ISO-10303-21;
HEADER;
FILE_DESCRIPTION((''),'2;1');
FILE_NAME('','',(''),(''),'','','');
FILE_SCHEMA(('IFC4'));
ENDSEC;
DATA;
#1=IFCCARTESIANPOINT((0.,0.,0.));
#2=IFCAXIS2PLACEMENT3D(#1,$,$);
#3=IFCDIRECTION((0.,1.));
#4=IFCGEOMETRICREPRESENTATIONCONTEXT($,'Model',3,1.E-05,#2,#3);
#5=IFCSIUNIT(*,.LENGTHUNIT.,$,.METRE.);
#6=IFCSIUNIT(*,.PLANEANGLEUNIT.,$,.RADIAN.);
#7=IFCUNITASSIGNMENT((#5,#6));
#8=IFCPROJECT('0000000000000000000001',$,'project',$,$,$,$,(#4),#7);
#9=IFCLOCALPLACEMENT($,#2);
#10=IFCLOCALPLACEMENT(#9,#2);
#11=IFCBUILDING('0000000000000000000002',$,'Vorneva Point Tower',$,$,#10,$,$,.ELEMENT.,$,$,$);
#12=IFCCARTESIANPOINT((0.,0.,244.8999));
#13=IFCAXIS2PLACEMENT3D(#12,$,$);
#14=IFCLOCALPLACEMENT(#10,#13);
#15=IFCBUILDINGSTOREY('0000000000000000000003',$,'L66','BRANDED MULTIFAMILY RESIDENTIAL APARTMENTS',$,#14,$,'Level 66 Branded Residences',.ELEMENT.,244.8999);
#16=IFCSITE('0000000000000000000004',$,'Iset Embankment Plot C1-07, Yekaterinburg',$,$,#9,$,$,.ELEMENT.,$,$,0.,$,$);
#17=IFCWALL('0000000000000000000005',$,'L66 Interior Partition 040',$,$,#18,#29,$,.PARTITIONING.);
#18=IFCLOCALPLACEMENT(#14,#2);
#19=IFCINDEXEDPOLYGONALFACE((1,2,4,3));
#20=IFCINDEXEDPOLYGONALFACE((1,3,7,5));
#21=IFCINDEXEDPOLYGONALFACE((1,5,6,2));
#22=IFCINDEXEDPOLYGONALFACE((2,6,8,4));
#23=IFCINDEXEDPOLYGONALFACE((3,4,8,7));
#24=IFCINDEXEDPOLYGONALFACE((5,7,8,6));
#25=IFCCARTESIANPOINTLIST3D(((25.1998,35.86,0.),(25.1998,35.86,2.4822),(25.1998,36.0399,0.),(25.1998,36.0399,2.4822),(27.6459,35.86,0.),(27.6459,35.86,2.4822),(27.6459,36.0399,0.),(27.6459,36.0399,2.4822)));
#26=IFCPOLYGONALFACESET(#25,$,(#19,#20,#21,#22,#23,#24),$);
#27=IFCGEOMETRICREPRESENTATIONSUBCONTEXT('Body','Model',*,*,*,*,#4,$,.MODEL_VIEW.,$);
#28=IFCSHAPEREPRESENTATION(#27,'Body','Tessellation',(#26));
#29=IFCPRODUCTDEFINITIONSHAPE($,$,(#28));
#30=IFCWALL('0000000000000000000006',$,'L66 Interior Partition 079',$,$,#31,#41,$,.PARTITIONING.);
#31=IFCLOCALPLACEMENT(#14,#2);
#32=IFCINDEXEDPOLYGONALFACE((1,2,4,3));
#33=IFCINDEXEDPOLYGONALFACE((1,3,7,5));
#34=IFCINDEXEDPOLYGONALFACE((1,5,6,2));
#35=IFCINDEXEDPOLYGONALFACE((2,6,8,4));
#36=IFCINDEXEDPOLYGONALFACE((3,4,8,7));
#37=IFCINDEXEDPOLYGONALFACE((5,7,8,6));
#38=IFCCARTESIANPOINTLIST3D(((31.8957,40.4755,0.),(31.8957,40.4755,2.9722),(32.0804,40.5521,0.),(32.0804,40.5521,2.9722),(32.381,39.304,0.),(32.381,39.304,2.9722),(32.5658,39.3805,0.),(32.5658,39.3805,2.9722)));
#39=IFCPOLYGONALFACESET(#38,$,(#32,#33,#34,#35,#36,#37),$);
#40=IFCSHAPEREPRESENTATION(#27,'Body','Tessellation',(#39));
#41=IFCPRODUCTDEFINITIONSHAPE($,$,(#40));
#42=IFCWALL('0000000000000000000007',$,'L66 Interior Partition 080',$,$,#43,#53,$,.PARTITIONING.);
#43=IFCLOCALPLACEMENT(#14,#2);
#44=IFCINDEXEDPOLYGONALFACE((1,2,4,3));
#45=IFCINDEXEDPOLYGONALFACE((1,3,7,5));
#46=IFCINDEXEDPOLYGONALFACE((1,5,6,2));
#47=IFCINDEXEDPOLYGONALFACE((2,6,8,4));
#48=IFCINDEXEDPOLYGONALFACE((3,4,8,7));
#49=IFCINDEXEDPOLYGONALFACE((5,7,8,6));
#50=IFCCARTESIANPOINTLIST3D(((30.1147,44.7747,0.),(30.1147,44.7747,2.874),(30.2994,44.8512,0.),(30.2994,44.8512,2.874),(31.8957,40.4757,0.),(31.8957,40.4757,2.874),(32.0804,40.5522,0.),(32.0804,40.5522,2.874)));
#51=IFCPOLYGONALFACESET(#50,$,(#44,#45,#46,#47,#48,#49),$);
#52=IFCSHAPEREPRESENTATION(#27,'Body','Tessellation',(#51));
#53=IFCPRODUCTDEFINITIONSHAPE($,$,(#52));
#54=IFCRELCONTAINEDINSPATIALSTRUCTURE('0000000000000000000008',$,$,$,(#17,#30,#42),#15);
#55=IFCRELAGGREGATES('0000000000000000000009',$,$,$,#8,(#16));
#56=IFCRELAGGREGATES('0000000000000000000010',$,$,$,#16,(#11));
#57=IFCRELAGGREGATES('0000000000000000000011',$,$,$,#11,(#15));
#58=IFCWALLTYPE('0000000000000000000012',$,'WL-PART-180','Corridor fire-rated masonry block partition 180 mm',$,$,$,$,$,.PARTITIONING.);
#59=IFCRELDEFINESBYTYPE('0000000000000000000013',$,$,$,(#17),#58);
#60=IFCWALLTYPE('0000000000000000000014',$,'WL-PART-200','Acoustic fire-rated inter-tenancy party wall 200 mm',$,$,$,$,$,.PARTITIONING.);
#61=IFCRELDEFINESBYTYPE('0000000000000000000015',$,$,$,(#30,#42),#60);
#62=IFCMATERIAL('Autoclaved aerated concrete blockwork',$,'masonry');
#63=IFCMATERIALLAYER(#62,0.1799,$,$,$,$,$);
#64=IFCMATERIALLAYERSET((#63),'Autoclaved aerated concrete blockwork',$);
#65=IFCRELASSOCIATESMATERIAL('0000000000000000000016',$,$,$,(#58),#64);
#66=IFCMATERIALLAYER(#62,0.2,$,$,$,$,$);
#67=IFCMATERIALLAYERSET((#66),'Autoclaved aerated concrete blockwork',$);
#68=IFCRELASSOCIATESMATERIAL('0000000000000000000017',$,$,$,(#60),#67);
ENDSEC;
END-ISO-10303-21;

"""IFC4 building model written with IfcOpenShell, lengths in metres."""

from ifc_helpers import new_model, si_unit, direction, frame, frame_2d, origin, place, context, subcontext, project, spatial, rectangle, extrude, material, layer, layer_set, type_object, element, save


model = new_model("IFC4")

# Units and contexts
model_context = context("Model", 3, precision=1e-05, world=origin(), true_north=direction((0.0, 1.0)))
body_context = subcontext(model_context, "Body", "Model", "MODEL_VIEW")
ifc_project = project(units=[si_unit("LENGTHUNIT", "METRE"), si_unit("PLANEANGLEUNIT", "RADIAN")], contexts=[model_context])

# Site, building, storey
site_placement = place(None, origin())
site = spatial("IfcSite", under=ifc_project, at=site_placement, Name="Iset Embankment Plot C1-07, Yekaterinburg", CompositionType="ELEMENT", RefElevation=0.0)
building_placement = place(site_placement, origin())
building = spatial("IfcBuilding", under=site, at=building_placement, Name="Vorneva Point Tower", CompositionType="ELEMENT")
storey_placement = place(building_placement, frame((0.0, 0.0, 244.8999)))
storey = spatial("IfcBuildingStorey", under=building, at=storey_placement, Name="L66", Description="BRANDED MULTIFAMILY RESIDENTIAL APARTMENTS", LongName="Level 66 Branded Residences", CompositionType="ELEMENT", Elevation=244.8999)

# Shared definitions
ifc_material_1 = material(Name="Autoclaved aerated concrete blockwork", Category="masonry")
ifc_layer_1 = layer(ifc_material_1, 0.1799)
ifc_layer_set_1 = layer_set([ifc_layer_1], Name="Autoclaved aerated concrete blockwork")
wall_type_1 = type_object("IfcWallType", Name="WL-PART-180", Description="Corridor fire-rated masonry block partition 180 mm", PredefinedType="PARTITIONING", material=ifc_layer_set_1)

# Walls
wall_1_placement = place(storey_placement, frame((27.646, 35.95, 0.0), z_axis=(0.0, 0.0, 1.0), x_axis=(-1.0, 0.0, 0.0)))
element("IfcWall", 1, at=wall_1_placement, inside=storey, type_object=wall_type_1, Name="L66 Interior Partition 040", PredefinedType="PARTITIONING", context=body_context, shape_type="SweptSolid", body=[
    extrude(rectangle(XDim=2.446, YDim=0.1799, at=frame_2d((1.2231, 0.0))), origin(), (0.0, 0.0, 1.0), 2.4822),
])
ifc_layer_2 = layer(ifc_material_1, 0.2)
ifc_layer_set_2 = layer_set([ifc_layer_2], Name="Autoclaved aerated concrete blockwork")
wall_type_2 = type_object("IfcWallType", Name="WL-PART-200", Description="Acoustic fire-rated inter-tenancy party wall 200 mm", PredefinedType="PARTITIONING", material=ifc_layer_set_2)
wall_2_placement = place(storey_placement, frame((32.4734, 39.3423, 0.0), z_axis=(0.0, 0.0, 1.0), x_axis=(-0.382715, 0.923867, 0.0)))
element("IfcWall", 2, at=wall_2_placement, inside=storey, type_object=wall_type_2, Name="L66 Interior Partition 079", PredefinedType="PARTITIONING", context=body_context, shape_type="SweptSolid", body=[
    extrude(rectangle(XDim=1.2681, YDim=0.2, at=frame_2d((0.634, 0.0))), origin(), (0.0, 0.0, 1.0), 2.9722),
])
wall_3_placement = place(storey_placement, frame((31.988, 40.5139, 0.0), z_axis=(0.0, 0.0, 1.0), x_axis=(-0.382733, 0.923859, 0.0)))
element("IfcWall", 3, at=wall_3_placement, inside=storey, type_object=wall_type_2, Name="L66 Interior Partition 080", PredefinedType="PARTITIONING", context=body_context, shape_type="SweptSolid", body=[
    extrude(rectangle(XDim=4.6533, YDim=0.2, at=frame_2d((2.3267, 0.0))), origin(), (0.0, 0.0, 1.0), 2.874),
])

save(model, "model.ifc")
